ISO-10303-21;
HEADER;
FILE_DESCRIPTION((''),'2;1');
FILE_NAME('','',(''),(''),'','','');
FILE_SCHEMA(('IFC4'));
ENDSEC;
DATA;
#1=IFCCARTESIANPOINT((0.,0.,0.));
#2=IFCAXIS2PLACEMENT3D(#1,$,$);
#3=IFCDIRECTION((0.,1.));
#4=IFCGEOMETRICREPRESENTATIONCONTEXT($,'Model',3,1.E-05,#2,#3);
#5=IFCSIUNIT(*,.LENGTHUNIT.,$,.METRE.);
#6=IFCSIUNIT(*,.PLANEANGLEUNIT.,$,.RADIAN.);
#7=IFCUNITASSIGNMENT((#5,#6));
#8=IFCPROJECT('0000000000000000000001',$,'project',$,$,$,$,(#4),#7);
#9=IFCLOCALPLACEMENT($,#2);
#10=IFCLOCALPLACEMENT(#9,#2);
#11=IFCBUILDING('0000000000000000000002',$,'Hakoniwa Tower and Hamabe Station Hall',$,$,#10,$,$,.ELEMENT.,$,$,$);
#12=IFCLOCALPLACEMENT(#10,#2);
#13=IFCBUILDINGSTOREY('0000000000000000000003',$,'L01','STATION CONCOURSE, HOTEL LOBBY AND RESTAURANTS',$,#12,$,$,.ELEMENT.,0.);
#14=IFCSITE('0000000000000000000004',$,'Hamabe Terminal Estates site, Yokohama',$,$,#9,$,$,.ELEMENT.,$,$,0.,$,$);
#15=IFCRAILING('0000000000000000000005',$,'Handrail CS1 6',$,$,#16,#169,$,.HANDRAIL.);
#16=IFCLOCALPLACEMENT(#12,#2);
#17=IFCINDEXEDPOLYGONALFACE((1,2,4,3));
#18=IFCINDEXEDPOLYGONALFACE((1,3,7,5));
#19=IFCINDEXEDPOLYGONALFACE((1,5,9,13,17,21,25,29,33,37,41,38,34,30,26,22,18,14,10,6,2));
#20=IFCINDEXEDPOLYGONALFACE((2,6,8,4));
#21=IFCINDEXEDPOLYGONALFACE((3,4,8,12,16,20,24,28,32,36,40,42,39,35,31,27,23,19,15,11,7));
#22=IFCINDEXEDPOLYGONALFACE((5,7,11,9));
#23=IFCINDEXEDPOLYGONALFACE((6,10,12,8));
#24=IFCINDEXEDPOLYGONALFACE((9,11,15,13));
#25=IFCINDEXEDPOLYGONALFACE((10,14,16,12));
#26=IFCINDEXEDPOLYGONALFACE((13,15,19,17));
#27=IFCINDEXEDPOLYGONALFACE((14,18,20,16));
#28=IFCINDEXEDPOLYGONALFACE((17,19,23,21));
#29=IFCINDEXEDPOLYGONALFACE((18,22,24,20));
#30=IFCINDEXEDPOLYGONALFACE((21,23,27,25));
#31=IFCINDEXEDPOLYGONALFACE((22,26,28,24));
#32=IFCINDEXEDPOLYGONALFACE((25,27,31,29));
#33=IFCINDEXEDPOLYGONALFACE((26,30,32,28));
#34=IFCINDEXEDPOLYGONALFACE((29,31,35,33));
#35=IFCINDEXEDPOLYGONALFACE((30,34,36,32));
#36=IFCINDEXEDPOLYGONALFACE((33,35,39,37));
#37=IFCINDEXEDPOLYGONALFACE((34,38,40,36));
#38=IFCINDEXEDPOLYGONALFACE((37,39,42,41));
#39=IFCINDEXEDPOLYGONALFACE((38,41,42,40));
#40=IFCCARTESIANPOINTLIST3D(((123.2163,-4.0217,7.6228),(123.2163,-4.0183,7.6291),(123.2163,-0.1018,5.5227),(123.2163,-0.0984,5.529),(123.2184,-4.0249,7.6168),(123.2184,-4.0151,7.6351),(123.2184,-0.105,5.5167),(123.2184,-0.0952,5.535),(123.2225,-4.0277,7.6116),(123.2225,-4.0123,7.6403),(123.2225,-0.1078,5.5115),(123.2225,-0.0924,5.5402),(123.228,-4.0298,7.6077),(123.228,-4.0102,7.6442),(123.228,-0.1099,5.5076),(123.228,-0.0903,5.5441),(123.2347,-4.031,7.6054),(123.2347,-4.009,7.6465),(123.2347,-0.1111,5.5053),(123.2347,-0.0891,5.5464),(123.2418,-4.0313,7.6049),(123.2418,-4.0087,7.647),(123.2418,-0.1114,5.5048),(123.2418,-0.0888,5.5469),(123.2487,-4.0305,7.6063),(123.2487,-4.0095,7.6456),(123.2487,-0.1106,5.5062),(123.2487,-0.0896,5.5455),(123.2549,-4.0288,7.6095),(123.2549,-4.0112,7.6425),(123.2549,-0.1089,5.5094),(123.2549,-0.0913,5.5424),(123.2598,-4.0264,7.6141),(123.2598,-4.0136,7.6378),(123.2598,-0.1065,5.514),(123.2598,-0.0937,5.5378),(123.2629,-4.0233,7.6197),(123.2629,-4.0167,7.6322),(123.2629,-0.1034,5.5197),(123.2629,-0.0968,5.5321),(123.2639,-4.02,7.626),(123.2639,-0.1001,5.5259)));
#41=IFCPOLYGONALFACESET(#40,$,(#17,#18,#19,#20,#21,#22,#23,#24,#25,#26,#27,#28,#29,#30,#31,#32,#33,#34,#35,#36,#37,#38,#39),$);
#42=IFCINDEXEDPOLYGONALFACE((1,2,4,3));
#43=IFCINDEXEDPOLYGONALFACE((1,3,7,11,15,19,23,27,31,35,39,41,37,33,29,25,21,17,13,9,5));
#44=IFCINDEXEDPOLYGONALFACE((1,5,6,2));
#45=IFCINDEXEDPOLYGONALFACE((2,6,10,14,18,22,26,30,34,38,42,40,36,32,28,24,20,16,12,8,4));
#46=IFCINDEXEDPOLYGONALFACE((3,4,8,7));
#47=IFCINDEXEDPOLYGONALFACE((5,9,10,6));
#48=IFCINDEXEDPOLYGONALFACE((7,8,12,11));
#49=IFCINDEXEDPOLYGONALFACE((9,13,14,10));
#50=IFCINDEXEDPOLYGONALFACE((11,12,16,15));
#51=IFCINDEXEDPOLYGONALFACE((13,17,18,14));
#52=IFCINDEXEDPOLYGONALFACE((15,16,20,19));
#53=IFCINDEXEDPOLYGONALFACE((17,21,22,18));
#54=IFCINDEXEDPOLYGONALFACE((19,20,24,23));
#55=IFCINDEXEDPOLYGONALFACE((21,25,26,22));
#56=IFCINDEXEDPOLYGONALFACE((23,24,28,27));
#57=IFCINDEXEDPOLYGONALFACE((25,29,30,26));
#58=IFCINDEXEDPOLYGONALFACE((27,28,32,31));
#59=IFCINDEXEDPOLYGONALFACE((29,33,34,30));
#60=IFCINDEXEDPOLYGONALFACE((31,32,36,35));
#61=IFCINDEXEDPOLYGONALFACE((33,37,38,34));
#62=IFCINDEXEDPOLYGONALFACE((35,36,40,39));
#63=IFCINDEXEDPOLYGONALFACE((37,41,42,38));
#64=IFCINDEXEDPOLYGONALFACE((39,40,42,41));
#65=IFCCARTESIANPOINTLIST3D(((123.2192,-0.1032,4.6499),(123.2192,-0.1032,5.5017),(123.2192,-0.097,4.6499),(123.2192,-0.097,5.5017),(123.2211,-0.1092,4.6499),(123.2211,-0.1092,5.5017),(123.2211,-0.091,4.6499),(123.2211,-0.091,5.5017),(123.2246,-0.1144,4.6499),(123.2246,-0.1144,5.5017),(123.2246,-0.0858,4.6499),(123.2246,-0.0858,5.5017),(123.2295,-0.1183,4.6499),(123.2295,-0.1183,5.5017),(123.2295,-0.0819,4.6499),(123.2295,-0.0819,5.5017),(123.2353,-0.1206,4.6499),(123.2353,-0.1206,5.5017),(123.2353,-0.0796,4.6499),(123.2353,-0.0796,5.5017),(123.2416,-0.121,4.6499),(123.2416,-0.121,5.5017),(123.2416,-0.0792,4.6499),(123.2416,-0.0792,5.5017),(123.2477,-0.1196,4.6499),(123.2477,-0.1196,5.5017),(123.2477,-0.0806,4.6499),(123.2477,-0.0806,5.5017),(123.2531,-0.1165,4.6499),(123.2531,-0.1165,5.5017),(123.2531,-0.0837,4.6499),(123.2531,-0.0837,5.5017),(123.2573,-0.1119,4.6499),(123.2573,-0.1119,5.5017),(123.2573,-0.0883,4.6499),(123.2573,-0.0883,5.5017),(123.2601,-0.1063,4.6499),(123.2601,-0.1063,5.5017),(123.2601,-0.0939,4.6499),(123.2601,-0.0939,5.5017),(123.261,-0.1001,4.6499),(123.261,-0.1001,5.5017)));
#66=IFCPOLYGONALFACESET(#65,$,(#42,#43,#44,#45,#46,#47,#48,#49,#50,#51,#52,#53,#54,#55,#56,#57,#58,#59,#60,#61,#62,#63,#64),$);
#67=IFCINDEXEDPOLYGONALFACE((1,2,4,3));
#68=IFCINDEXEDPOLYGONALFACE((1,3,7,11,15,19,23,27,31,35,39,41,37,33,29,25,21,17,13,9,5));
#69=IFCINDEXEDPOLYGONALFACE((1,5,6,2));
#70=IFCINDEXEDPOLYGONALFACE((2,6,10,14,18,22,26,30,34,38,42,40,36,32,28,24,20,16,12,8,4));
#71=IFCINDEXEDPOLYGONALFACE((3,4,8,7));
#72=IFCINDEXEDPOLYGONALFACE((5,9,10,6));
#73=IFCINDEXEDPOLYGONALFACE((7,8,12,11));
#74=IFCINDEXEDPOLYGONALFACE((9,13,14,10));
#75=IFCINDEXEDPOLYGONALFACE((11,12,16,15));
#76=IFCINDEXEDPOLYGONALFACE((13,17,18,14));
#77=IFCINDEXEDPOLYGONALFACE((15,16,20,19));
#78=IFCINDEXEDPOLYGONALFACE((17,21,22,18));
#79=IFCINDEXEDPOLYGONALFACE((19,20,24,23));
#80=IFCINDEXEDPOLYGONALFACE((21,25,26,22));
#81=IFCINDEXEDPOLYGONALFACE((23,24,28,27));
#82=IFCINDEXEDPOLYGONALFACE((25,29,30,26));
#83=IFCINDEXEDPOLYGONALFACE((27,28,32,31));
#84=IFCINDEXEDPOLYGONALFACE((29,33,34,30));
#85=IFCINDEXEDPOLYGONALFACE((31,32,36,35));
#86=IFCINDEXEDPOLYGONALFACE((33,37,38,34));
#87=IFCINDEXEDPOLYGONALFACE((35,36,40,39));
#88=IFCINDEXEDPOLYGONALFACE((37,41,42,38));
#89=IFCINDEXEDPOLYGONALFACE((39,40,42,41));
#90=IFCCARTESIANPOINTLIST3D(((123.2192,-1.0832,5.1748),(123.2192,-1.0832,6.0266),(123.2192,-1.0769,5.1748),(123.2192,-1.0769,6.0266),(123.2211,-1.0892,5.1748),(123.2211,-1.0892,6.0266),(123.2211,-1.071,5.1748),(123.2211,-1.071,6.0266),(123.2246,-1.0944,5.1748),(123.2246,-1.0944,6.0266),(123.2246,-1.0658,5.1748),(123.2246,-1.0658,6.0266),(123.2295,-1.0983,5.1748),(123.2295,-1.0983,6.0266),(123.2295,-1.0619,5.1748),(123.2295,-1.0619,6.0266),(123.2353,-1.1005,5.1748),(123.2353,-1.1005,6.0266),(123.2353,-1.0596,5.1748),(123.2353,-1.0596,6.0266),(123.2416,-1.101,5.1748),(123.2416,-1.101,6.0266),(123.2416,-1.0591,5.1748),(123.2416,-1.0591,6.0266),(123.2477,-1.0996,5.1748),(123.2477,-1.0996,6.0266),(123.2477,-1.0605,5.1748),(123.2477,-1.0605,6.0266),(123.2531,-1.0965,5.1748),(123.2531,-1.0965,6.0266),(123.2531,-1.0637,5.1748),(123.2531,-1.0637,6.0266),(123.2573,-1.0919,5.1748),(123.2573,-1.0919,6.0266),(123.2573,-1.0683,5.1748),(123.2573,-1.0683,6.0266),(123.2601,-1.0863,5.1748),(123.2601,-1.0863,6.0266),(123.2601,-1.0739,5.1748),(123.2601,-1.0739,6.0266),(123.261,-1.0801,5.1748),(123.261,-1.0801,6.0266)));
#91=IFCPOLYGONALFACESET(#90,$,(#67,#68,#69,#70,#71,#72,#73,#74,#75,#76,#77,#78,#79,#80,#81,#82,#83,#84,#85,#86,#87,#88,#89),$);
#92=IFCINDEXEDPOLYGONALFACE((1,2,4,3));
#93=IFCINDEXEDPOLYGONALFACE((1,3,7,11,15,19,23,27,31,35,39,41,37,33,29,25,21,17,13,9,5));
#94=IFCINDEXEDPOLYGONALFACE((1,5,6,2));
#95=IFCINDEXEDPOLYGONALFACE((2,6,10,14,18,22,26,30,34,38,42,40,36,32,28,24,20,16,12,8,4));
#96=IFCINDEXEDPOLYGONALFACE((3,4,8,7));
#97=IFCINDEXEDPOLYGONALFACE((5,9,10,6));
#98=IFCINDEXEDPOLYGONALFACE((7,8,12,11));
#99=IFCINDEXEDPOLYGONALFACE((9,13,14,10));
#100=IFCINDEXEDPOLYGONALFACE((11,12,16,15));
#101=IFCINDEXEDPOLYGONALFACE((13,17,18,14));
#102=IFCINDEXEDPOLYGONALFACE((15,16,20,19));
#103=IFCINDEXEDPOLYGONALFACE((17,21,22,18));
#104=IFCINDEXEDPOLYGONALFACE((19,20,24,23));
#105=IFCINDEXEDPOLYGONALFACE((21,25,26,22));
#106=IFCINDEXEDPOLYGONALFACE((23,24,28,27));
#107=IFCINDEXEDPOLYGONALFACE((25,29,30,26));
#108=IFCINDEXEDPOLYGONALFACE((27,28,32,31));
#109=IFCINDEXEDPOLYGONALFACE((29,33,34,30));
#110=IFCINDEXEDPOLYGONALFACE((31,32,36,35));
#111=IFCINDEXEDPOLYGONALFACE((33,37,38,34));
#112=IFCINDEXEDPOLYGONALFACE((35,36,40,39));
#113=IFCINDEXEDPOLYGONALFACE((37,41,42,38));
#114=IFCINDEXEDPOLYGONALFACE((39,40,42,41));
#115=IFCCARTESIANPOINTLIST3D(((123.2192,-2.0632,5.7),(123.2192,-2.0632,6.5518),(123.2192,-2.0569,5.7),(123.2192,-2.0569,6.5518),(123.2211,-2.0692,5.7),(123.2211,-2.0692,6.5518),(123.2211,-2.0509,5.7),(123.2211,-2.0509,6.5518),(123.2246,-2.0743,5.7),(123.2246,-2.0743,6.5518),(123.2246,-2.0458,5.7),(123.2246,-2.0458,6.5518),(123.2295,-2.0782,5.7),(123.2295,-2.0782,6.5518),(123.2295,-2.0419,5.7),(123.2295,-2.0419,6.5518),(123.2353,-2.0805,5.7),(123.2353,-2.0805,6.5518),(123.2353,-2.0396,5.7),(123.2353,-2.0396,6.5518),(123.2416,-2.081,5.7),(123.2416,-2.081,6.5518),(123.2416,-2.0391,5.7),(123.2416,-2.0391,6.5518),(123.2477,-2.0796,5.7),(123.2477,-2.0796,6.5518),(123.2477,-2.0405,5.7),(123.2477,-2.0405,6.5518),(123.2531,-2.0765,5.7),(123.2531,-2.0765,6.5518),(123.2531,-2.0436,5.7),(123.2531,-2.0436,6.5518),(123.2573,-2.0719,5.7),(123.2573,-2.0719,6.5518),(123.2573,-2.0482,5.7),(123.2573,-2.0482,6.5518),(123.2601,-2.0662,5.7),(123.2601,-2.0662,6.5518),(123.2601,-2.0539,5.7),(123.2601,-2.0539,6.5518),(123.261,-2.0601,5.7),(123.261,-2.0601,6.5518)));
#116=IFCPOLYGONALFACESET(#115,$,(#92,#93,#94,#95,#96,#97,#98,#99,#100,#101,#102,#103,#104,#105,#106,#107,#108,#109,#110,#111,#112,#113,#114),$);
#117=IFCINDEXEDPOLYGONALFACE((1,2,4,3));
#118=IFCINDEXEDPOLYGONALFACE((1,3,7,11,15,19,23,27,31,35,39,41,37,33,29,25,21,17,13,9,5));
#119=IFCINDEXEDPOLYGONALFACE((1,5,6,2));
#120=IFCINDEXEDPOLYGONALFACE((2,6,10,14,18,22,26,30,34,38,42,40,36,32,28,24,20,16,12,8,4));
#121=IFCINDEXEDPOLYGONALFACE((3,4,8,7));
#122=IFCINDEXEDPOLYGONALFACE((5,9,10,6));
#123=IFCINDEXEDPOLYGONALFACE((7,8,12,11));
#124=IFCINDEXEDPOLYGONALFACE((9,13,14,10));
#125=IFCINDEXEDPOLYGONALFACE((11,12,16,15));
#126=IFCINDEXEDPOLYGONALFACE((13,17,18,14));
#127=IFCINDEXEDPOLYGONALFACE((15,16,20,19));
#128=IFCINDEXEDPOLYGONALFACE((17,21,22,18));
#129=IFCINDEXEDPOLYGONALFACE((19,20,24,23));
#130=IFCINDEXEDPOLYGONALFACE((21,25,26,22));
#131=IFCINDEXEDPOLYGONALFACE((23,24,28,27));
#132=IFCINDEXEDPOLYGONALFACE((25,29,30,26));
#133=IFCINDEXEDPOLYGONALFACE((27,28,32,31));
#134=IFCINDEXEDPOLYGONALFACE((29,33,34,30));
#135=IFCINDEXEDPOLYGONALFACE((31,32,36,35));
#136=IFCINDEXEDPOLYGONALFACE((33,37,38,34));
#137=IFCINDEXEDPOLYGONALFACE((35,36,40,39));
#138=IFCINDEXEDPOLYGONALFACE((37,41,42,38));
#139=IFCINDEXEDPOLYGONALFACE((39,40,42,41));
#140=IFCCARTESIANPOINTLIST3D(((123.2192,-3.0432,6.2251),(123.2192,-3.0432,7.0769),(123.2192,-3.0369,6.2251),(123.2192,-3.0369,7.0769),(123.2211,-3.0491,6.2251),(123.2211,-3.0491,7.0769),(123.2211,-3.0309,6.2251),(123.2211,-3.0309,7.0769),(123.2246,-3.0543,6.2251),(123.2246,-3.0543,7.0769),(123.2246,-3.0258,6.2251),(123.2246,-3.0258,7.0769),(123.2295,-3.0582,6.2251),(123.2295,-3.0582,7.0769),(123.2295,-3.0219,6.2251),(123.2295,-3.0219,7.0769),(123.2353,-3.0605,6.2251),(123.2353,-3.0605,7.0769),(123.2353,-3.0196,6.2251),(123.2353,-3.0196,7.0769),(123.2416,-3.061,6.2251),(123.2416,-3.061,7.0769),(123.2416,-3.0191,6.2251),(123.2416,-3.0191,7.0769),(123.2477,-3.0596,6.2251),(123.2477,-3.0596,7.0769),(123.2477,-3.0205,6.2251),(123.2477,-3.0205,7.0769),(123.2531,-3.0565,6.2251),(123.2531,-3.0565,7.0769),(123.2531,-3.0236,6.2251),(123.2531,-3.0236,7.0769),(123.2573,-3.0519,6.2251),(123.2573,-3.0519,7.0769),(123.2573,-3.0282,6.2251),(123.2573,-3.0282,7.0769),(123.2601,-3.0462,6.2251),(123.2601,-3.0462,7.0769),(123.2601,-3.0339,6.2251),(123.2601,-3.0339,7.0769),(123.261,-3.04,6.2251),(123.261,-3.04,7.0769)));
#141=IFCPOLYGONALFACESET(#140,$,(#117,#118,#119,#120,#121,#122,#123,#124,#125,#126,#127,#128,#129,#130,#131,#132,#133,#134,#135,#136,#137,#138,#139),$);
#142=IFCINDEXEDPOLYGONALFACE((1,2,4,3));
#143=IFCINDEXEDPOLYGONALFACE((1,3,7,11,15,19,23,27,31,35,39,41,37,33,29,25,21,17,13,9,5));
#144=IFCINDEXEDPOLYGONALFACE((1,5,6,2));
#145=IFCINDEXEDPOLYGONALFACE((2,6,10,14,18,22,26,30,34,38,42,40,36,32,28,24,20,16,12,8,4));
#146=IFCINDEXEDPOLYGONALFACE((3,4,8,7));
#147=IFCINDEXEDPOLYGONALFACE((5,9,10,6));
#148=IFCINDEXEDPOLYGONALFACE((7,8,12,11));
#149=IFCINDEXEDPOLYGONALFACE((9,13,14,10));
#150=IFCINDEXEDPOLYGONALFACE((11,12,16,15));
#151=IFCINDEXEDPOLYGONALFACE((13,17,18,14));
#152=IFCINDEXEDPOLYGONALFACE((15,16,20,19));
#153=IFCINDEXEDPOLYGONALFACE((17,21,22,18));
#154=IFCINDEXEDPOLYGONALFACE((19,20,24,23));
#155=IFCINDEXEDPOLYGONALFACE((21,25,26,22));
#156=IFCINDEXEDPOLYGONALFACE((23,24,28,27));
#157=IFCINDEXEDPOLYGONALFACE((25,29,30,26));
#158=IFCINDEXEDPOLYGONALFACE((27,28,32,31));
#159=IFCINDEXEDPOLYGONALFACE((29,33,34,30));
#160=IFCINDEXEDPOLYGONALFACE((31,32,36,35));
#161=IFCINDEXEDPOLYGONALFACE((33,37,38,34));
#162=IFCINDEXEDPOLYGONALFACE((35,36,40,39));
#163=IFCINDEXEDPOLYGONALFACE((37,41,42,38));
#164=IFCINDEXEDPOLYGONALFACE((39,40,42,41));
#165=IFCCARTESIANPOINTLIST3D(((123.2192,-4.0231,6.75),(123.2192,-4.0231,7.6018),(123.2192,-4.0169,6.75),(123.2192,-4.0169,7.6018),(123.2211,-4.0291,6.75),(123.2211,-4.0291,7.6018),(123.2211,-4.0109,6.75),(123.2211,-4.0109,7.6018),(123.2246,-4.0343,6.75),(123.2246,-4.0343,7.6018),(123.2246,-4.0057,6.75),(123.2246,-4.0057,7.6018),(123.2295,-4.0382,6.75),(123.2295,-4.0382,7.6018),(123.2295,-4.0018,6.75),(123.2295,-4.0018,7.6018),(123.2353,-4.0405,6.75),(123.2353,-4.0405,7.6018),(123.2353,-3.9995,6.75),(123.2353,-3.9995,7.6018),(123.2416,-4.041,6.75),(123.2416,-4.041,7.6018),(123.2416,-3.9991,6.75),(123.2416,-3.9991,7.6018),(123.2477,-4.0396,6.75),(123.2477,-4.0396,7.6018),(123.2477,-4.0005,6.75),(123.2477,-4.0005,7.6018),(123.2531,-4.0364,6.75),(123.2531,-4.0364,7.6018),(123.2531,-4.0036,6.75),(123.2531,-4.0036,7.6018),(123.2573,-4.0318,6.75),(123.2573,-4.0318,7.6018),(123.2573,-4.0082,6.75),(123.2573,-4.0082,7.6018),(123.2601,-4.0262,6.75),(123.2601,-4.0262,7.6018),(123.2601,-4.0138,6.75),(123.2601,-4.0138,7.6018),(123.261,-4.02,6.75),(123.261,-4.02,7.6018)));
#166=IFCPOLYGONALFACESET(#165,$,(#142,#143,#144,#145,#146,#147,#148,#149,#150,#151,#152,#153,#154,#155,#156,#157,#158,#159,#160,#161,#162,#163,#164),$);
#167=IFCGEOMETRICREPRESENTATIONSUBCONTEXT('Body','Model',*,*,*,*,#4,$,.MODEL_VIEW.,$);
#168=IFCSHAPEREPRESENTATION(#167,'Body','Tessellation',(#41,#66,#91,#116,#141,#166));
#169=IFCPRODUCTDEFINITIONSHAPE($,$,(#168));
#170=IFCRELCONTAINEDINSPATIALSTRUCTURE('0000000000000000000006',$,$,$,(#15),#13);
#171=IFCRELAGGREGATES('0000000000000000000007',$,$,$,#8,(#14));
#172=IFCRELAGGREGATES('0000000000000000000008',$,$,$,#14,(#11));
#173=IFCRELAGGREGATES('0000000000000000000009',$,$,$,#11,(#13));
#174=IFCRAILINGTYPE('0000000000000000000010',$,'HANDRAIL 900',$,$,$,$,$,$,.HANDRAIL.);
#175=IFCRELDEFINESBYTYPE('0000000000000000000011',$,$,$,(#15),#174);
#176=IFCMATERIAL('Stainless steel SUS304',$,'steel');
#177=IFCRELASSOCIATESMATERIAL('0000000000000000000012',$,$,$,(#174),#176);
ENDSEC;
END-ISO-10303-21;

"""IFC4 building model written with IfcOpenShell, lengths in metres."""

from ifc_helpers import new_model, si_unit, direction, frame, origin, origin_2d, place, context, subcontext, project, spatial, circle, extrude, material, type_object, element, save


model = new_model("IFC4")

# Units and contexts
model_context = context("Model", 3, precision=1e-05, world=origin(), true_north=direction((0.0, 1.0)))
body_context = subcontext(model_context, "Body", "Model", "MODEL_VIEW")
ifc_project = project(units=[si_unit("LENGTHUNIT", "METRE"), si_unit("PLANEANGLEUNIT", "RADIAN")], contexts=[model_context])

# Site, building, storey
site_placement = place(None, origin())
site = spatial("IfcSite", under=ifc_project, at=site_placement, Name="Hamabe Terminal Estates site, Yokohama", CompositionType="ELEMENT", RefElevation=0.0)
building_placement = place(site_placement, origin())
building = spatial("IfcBuilding", under=site, at=building_placement, Name="Hakoniwa Tower and Hamabe Station Hall", CompositionType="ELEMENT")
storey_placement = place(building_placement, origin())
storey = spatial("IfcBuildingStorey", under=building, at=storey_placement, Name="L01", Description="STATION CONCOURSE, HOTEL LOBBY AND RESTAURANTS", CompositionType="ELEMENT", Elevation=0.0)

# Railing
ifc_material_1 = material(Name="Stainless steel SUS304", Category="steel")
railing_type_1 = type_object("IfcRailingType", Name="HANDRAIL 900", PredefinedType="HANDRAIL", material=ifc_material_1)
for number, where, name in (
    (1, (123.24, -0.1001, 4.6499), "Handrail CS1 6"),
):
    element("IfcRailing", number, at=place(storey_placement, frame(where)), inside=storey, type_object=railing_type_1, Name=name, PredefinedType="HANDRAIL", context=body_context, shape_type="SweptSolid", body=[
        extrude(circle(Radius=0.0239, at=origin_2d()), frame((0.0, 0.0, 0.876), z_axis=(0.0, -0.881467, 0.472246), x_axis=(1.0, 0.0, 0.0)), (0.0, 0.0, 1.0), 4.447),
        extrude(circle(Radius=0.021, at=origin_2d()), origin(), (0.0, 0.0, 1.0), 0.8518),
        extrude(circle(Radius=0.021, at=origin_2d()), frame((0.0, -0.98, 0.5249)), (0.0, 0.0, 1.0), 0.8518),
        extrude(circle(Radius=0.021, at=origin_2d()), frame((0.0, -1.96, 1.05)), (0.0, 0.0, 1.0), 0.8518),
        extrude(circle(Radius=0.021, at=origin_2d()), frame((0.0, -2.9399, 1.5752)), (0.0, 0.0, 1.0), 0.8518),
        extrude(circle(Radius=0.021, at=origin_2d()), frame((0.0, -3.9199, 2.1001)), (0.0, 0.0, 1.0), 0.8518),
    ])

save(model, "model.ifc")
